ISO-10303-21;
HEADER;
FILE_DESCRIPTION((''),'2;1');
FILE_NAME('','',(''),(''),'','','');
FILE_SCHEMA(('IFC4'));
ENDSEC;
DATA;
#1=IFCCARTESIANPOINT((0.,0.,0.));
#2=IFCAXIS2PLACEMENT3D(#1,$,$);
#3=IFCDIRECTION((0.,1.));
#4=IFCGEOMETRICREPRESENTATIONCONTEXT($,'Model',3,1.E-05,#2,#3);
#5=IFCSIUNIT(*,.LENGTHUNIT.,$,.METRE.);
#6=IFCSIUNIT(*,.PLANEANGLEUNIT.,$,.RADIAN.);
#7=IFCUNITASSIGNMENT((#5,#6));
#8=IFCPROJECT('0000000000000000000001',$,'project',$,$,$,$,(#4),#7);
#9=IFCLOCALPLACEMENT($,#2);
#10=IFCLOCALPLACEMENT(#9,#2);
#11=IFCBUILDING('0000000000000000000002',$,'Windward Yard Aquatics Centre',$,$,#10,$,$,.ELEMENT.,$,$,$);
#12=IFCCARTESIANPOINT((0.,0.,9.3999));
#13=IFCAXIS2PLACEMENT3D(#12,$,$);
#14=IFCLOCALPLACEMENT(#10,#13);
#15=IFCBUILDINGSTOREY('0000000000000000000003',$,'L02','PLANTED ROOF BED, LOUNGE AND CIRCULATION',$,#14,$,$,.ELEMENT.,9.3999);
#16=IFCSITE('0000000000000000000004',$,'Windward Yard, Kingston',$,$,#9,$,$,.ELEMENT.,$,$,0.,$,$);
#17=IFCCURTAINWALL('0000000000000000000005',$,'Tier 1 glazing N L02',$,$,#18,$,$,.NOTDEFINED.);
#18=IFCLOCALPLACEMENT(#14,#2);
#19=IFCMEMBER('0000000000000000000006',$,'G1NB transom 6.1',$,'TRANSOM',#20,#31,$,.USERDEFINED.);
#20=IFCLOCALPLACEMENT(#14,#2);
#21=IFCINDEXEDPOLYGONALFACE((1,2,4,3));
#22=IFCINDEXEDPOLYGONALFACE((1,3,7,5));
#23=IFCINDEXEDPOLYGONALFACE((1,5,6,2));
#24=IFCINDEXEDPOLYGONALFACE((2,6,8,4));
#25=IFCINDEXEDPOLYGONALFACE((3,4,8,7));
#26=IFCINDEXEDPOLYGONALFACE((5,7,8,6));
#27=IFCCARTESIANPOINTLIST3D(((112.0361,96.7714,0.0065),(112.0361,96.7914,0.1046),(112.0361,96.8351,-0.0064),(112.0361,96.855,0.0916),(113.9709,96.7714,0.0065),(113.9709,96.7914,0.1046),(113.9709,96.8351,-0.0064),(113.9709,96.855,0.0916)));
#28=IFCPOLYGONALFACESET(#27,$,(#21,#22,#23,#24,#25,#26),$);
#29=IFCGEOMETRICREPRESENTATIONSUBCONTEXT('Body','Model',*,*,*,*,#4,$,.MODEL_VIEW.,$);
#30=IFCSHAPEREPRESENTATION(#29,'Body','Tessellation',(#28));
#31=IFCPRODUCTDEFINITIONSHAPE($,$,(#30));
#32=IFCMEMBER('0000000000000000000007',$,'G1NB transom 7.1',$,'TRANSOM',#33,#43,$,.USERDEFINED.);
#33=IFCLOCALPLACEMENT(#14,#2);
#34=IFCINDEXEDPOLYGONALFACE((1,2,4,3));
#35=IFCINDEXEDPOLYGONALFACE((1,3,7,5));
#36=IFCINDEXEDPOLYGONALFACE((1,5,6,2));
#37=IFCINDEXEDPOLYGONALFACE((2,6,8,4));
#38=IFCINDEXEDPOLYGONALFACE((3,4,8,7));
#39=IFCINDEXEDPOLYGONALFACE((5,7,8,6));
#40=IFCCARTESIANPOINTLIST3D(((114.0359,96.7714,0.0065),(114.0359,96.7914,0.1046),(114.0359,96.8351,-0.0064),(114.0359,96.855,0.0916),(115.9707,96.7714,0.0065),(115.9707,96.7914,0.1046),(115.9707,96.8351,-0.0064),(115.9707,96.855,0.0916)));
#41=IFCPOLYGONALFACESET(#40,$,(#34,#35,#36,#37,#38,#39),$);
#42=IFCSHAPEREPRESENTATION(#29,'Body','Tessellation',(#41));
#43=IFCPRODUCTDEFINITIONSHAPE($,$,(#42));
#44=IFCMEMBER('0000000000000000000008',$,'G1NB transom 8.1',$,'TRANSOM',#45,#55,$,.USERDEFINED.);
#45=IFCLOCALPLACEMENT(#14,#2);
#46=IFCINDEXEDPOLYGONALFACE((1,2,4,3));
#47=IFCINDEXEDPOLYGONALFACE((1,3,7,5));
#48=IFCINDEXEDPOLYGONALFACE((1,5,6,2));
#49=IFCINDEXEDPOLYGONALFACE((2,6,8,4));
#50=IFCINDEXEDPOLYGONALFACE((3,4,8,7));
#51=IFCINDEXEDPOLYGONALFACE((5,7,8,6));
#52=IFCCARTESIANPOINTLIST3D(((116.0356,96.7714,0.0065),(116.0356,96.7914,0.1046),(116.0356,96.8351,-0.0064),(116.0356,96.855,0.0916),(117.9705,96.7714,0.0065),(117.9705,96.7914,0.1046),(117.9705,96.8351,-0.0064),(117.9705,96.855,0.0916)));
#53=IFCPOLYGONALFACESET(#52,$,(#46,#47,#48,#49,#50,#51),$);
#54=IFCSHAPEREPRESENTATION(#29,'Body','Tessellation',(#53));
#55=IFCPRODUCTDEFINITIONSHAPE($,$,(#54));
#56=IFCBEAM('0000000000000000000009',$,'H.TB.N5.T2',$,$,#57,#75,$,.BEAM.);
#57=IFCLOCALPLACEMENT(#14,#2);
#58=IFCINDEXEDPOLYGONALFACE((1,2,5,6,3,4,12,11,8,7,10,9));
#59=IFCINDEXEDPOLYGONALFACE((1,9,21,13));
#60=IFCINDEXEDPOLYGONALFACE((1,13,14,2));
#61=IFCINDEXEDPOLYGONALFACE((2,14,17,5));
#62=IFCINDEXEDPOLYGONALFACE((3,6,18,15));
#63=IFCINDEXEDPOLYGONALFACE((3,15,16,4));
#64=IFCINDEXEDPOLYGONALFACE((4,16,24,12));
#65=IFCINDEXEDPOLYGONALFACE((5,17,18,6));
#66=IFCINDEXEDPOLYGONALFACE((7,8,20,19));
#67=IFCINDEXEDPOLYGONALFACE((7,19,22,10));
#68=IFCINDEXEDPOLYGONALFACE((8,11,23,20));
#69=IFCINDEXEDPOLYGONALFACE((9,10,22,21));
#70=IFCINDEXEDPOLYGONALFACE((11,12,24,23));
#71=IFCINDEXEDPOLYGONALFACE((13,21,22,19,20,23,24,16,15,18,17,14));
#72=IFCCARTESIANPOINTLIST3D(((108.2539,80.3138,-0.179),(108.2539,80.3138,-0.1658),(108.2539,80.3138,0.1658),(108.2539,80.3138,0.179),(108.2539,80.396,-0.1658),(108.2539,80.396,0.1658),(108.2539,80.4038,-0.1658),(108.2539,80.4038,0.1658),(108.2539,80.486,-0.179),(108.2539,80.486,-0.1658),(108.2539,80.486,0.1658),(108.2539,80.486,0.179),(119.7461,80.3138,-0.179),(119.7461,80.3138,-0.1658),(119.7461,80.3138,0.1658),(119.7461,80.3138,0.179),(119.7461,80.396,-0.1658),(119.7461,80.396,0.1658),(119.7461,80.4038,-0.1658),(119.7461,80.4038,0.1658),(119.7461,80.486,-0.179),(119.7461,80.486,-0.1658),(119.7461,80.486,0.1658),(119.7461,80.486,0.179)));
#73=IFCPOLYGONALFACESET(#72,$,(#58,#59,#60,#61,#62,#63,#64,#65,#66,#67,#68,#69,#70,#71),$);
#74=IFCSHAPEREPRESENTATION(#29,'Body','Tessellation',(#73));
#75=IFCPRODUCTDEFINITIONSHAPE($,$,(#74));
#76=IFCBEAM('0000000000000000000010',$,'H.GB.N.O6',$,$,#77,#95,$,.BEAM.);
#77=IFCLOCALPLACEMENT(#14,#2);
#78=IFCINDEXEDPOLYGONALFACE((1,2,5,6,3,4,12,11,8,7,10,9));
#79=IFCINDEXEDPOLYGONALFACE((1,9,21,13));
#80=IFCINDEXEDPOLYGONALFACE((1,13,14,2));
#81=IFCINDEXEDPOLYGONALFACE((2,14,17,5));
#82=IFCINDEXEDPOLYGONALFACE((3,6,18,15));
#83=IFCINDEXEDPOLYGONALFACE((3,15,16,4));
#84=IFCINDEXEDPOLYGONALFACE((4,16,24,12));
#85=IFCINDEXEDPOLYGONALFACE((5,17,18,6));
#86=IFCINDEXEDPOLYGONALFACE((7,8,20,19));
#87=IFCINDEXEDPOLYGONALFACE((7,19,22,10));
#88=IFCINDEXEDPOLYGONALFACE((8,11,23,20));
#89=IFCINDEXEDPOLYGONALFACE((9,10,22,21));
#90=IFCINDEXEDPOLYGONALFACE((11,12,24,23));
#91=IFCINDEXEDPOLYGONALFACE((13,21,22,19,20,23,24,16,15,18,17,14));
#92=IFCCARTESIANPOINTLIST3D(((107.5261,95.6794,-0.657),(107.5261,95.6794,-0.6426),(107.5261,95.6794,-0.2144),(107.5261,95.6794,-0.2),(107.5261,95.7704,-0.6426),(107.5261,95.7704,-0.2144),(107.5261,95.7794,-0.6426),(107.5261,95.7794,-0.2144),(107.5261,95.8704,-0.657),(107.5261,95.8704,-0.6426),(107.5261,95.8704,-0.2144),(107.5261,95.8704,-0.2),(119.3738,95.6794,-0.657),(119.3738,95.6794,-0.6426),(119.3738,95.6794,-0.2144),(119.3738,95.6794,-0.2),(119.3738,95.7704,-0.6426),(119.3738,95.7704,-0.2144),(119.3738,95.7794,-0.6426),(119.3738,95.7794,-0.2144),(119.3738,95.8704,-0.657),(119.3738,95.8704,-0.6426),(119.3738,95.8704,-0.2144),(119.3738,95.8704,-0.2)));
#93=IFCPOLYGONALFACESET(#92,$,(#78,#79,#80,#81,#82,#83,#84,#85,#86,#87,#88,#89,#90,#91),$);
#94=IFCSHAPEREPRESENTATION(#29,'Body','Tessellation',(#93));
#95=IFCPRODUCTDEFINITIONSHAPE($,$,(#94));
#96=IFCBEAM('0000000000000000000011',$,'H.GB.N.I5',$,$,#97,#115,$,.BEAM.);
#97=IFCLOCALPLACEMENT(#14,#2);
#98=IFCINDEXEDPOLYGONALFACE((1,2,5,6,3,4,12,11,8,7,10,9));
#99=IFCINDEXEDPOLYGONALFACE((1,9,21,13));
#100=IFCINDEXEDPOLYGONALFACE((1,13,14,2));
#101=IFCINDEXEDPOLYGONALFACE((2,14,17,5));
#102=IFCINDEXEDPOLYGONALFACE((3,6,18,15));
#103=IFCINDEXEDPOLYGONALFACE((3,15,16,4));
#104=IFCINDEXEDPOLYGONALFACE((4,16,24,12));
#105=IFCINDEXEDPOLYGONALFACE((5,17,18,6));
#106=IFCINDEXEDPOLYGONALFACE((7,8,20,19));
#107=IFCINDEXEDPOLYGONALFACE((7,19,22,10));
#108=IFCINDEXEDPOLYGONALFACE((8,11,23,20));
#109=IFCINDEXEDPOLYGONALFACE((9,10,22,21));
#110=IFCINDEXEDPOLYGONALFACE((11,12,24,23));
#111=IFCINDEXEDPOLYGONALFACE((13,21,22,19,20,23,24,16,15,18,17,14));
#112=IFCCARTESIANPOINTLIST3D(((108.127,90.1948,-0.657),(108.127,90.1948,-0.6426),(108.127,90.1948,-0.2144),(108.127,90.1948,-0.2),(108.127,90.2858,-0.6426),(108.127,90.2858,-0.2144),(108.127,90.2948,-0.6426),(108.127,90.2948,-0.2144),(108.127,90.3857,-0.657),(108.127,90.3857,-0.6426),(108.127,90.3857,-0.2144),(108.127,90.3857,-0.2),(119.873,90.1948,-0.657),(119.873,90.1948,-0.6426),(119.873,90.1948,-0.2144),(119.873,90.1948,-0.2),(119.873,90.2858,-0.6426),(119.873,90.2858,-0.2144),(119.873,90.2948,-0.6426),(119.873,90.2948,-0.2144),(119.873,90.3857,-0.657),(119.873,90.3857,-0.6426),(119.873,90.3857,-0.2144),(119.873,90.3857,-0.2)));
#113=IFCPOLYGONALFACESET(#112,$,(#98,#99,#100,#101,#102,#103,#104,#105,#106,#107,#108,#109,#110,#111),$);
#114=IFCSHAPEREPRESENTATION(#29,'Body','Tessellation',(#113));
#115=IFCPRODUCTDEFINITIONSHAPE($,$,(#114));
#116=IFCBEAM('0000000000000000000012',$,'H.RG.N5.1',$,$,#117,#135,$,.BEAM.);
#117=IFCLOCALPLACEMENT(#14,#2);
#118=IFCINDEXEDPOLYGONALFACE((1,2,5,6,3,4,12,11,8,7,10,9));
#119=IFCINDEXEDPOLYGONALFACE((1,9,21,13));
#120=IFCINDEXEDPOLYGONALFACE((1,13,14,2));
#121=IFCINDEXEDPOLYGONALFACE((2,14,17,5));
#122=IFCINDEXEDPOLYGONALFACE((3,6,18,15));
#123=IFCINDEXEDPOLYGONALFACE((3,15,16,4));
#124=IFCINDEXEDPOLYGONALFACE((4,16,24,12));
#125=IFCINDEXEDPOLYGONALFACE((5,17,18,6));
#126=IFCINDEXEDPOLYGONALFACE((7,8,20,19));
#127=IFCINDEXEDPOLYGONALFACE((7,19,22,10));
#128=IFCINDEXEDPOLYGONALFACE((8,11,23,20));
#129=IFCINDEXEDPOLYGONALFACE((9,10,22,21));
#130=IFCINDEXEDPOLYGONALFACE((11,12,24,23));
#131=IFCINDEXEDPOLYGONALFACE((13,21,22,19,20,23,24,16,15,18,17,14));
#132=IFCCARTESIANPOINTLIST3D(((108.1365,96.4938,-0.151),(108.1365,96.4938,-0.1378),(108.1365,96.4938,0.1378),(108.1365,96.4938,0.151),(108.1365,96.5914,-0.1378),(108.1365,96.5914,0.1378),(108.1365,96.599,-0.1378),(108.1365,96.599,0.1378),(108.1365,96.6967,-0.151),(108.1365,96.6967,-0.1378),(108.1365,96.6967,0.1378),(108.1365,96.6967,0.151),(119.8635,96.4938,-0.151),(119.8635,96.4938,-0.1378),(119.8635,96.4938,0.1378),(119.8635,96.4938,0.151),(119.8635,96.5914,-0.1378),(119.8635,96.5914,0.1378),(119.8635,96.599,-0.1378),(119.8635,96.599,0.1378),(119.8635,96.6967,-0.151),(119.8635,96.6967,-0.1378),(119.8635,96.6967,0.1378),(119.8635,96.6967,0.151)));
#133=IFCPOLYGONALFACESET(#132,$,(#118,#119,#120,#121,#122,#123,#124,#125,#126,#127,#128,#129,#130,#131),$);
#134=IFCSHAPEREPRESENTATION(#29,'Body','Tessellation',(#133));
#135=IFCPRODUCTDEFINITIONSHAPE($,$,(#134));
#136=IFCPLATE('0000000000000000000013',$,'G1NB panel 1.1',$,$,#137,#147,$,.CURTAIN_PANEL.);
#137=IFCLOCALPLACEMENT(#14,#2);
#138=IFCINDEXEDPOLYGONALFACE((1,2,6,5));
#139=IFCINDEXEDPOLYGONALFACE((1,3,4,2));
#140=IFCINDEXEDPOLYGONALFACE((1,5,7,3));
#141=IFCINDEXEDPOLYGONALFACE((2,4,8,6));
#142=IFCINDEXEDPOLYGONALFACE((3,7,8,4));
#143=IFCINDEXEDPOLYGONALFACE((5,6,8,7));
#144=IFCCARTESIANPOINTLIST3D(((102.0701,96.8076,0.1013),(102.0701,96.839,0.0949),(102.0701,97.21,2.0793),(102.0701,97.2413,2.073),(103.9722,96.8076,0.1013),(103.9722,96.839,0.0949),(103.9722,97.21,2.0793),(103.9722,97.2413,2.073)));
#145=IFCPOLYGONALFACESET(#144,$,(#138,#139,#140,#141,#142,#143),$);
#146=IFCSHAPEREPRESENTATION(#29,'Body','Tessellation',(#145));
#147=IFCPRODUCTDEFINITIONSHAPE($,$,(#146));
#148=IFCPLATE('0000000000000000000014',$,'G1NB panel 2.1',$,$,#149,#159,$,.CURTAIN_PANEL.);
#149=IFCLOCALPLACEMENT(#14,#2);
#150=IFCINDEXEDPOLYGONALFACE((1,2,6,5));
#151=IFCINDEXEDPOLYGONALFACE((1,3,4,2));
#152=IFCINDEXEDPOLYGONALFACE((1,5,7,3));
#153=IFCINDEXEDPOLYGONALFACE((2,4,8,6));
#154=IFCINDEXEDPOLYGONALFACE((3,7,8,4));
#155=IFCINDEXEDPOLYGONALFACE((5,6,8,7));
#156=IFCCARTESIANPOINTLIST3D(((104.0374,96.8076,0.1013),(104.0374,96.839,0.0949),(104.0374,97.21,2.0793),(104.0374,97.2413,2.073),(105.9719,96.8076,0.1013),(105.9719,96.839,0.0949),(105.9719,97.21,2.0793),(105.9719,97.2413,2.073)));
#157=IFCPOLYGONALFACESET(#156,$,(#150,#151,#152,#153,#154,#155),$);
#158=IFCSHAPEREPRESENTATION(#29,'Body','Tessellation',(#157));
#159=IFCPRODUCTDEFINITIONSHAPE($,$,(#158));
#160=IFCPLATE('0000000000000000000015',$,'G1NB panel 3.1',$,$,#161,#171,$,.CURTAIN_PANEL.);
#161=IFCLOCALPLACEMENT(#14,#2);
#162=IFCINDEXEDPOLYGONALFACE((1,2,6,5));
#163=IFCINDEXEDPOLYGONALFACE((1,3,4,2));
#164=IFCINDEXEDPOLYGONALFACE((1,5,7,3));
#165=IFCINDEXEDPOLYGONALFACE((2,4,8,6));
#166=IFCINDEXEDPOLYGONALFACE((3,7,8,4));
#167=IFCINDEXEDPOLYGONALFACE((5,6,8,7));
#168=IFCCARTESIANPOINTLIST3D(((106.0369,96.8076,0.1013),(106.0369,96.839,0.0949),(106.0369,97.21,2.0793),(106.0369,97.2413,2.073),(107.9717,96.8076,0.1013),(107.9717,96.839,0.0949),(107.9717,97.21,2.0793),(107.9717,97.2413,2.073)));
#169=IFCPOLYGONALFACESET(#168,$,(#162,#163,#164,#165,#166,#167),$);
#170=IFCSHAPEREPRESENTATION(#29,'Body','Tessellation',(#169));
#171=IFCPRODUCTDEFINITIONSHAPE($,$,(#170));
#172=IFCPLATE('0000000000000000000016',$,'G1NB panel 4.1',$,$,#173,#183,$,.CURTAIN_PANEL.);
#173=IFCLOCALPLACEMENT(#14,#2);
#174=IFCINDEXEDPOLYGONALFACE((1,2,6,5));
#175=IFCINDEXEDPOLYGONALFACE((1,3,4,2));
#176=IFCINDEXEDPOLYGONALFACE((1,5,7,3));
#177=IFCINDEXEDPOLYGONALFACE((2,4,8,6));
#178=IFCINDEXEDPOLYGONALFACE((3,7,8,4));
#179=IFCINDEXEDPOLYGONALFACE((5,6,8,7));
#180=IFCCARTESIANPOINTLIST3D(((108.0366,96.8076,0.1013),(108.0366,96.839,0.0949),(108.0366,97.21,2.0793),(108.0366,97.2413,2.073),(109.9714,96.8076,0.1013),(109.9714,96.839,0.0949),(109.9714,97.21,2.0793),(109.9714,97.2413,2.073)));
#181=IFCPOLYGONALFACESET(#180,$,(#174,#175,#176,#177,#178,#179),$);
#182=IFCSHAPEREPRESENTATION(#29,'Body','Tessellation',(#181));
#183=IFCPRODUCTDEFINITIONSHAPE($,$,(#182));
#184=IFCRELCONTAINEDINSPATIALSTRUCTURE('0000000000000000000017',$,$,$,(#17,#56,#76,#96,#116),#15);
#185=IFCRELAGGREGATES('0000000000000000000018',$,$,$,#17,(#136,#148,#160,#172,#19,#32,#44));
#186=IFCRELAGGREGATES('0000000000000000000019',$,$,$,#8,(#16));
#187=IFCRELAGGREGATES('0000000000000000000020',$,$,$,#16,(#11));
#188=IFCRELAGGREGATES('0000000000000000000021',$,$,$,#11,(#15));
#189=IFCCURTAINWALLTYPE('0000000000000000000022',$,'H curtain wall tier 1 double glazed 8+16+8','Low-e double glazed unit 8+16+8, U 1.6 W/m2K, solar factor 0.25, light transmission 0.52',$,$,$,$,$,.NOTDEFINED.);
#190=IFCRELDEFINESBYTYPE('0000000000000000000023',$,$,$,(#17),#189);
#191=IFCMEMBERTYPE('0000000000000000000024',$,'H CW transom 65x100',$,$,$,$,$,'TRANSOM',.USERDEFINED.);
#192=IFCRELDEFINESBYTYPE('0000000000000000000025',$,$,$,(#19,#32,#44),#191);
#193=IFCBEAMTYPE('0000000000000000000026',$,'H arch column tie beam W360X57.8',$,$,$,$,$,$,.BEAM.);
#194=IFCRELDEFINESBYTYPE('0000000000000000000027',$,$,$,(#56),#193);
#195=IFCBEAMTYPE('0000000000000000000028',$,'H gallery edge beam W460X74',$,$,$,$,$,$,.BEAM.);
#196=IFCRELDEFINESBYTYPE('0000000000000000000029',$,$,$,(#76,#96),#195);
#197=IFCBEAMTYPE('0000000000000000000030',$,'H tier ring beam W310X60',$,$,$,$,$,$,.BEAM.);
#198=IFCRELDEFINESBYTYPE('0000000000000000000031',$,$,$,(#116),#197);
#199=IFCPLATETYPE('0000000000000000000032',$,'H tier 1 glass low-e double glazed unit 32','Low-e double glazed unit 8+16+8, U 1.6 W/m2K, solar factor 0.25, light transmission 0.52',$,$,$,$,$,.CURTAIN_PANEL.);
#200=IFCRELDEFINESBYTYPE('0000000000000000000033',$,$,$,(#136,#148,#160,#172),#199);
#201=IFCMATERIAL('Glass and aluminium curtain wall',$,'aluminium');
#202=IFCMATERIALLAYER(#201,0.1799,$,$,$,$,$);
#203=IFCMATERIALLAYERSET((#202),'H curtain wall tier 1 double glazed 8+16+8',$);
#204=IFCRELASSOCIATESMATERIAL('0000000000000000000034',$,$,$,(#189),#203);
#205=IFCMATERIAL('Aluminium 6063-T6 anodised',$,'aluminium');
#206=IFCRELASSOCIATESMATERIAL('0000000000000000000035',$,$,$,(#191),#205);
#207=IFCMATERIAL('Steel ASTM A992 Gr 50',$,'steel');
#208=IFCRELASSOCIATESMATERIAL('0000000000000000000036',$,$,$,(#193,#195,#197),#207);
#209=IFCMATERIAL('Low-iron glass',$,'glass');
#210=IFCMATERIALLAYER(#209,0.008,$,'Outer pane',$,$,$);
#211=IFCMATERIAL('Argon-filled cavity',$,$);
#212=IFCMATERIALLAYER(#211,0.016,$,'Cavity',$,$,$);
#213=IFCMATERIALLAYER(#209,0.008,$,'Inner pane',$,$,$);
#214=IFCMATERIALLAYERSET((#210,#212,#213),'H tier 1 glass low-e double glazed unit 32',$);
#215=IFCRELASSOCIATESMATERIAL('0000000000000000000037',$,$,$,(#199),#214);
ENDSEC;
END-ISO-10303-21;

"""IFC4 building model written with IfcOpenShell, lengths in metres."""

from ifc_helpers import new_model, si_unit, direction, frame, origin, origin_2d, place, context, subcontext, project, spatial, polyline, rectangle, i_section, outline, extrude, material, layer, layer_set, material_profile, profile_set, type_object, element, aggregate, save


model = new_model("IFC4")

# Units and contexts
model_context = context("Model", 3, precision=1e-05, world=origin(), true_north=direction((0.0, 1.0)))
body_context = subcontext(model_context, "Body", "Model", "MODEL_VIEW")
ifc_project = project(units=[si_unit("LENGTHUNIT", "METRE"), si_unit("PLANEANGLEUNIT", "RADIAN")], contexts=[model_context])

# Site, building, storey
site_placement = place(None, origin())
site = spatial("IfcSite", under=ifc_project, at=site_placement, Name="Windward Yard, Kingston", CompositionType="ELEMENT", RefElevation=0.0)
building_placement = place(site_placement, origin())
building = spatial("IfcBuilding", under=site, at=building_placement, Name="Windward Yard Aquatics Centre", CompositionType="ELEMENT")
storey_placement = place(building_placement, frame((0.0, 0.0, 9.3999)))
storey = spatial("IfcBuildingStorey", under=building, at=storey_placement, Name="L02", Description="PLANTED ROOF BED, LOUNGE AND CIRCULATION", CompositionType="ELEMENT", Elevation=9.3999)

# Shared definitions
ifc_material_1 = material(Name="Glass and aluminium curtain wall", Category="aluminium")
ifc_layer_1 = layer(ifc_material_1, 0.1799)
ifc_layer_set_1 = layer_set([ifc_layer_1], Name="H curtain wall tier 1 double glazed 8+16+8")
curtain_wall_type = type_object("IfcCurtainWallType", Name="H curtain wall tier 1 double glazed 8+16+8", Description="Low-e double glazed unit 8+16+8, U 1.6 W/m2K, solar factor 0.25, light transmission 0.52", PredefinedType="NOTDEFINED", material=ifc_layer_set_1)
ifc_material_2 = material(Name="Aluminium 6063-T6 anodised", Category="aluminium")

# Curtain wall, members
curtain_wall_1_placement = place(storey_placement, origin())
curtain_wall_1 = element("IfcCurtainWall", 1, at=curtain_wall_1_placement, inside=storey, type_object=curtain_wall_type, Name="Tier 1 glazing N L02", PredefinedType="NOTDEFINED")
ifc_material_profile_1 = material_profile(ifc_material_2, rectangle(XDim=0.0649, YDim=0.1001, at=origin_2d()), Name="H CW transom 65x100")
ifc_profile_set_1 = profile_set([ifc_material_profile_1], Name="Aluminium 6063-T6 anodised")
member_type_1 = type_object("IfcMemberType", Name="H CW transom 65x100", ElementType="TRANSOM", PredefinedType="USERDEFINED", material=ifc_profile_set_1)
member_1_placement = place(storey_placement, frame((112.0361, 96.8132, 0.0491), z_axis=(1.0, 0.0, 0.0), x_axis=(0.0, -0.979925, 0.199368)))
member_1 = element("IfcMember", 2, at=member_1_placement, type_object=member_type_1, Name="G1NB transom 6.1", ObjectType="TRANSOM", PredefinedType="USERDEFINED", context=body_context, shape_type="SweptSolid", body=[
    extrude(rectangle(XDim=0.0649, YDim=0.1001, at=origin_2d()), origin(), (0.0, 0.0, 1.0), 1.9348),
])
member_2_placement = place(storey_placement, frame((114.0359, 96.8132, 0.0491), z_axis=(1.0, 0.0, 0.0), x_axis=(0.0, -0.979925, 0.199368)))
member_2 = element("IfcMember", 3, at=member_2_placement, type_object=member_type_1, Name="G1NB transom 7.1", ObjectType="TRANSOM", PredefinedType="USERDEFINED", context=body_context, shape_type="SweptSolid", body=[
    extrude(rectangle(XDim=0.0649, YDim=0.1001, at=origin_2d()), origin(), (0.0, 0.0, 1.0), 1.9348),
])
member_3_placement = place(storey_placement, frame((116.0356, 96.8132, 0.0491), z_axis=(1.0, 0.0, 0.0), x_axis=(0.0, -0.979925, 0.199368)))
member_3 = element("IfcMember", 4, at=member_3_placement, type_object=member_type_1, Name="G1NB transom 8.1", ObjectType="TRANSOM", PredefinedType="USERDEFINED", context=body_context, shape_type="SweptSolid", body=[
    extrude(rectangle(XDim=0.0649, YDim=0.1001, at=origin_2d()), origin(), (0.0, 0.0, 1.0), 1.9348),
])

# Beams
ifc_material_3 = material(Name="Steel ASTM A992 Gr 50", Category="steel")
ifc_material_profile_2 = material_profile(ifc_material_3, i_section(OverallWidth=0.1721, OverallDepth=0.3579, WebThickness=0.0078, FlangeThickness=0.0132, at=origin_2d()), Name="W360X57.8")
ifc_profile_set_2 = profile_set([ifc_material_profile_2], Name="Steel ASTM A992 Gr 50")
beam_type_1 = type_object("IfcBeamType", Name="H arch column tie beam W360X57.8", PredefinedType="BEAM", material=ifc_profile_set_2)
beam_1_placement = place(storey_placement, frame((108.2539, 80.3999, 0.0), z_axis=(1.0, 0.0, 0.0), x_axis=(0.0, 1.0, 0.0)))
element("IfcBeam", 5, at=beam_1_placement, inside=storey, type_object=beam_type_1, Name="H.TB.N5.T2", PredefinedType="BEAM", context=body_context, shape_type="SweptSolid", body=[
    extrude(i_section(OverallWidth=0.1721, OverallDepth=0.3579, WebThickness=0.0078, FlangeThickness=0.0132, at=origin_2d()), origin(), (0.0, 0.0, 1.0), 11.4922),
])
ifc_material_profile_3 = material_profile(ifc_material_3, i_section(OverallWidth=0.1909, OverallDepth=0.457, WebThickness=0.009, FlangeThickness=0.0144, at=origin_2d()), Name="W460X74")
ifc_profile_set_3 = profile_set([ifc_material_profile_3], Name="Steel ASTM A992 Gr 50")
beam_type_2 = type_object("IfcBeamType", Name="H gallery edge beam W460X74", PredefinedType="BEAM", material=ifc_profile_set_3)
beam_2_placement = place(storey_placement, frame((107.5261, 95.7749, -0.4285), z_axis=(1.0, 0.0, 0.0), x_axis=(0.0, 1.0, 0.0)))
element("IfcBeam", 6, at=beam_2_placement, inside=storey, type_object=beam_type_2, Name="H.GB.N.O6", PredefinedType="BEAM", context=body_context, shape_type="SweptSolid", body=[
    extrude(i_section(OverallWidth=0.1909, OverallDepth=0.457, WebThickness=0.009, FlangeThickness=0.0144, at=origin_2d()), origin(), (0.0, 0.0, 1.0), 11.8477),
])
beam_3_placement = place(storey_placement, frame((108.127, 90.2903, -0.4285), z_axis=(1.0, 0.0, 0.0), x_axis=(0.0, 1.0, 0.0)))
element("IfcBeam", 7, at=beam_3_placement, inside=storey, type_object=beam_type_2, Name="H.GB.N.I5", PredefinedType="BEAM", context=body_context, shape_type="SweptSolid", body=[
    extrude(i_section(OverallWidth=0.1909, OverallDepth=0.457, WebThickness=0.009, FlangeThickness=0.0144, at=origin_2d()), origin(), (0.0, 0.0, 1.0), 11.7461),
])
ifc_material_profile_4 = material_profile(ifc_material_3, i_section(OverallWidth=0.2029, OverallDepth=0.302, WebThickness=0.0076, FlangeThickness=0.0132, at=origin_2d()), Name="W310X60")
ifc_profile_set_4 = profile_set([ifc_material_profile_4], Name="Steel ASTM A992 Gr 50")
beam_type_3 = type_object("IfcBeamType", Name="H tier ring beam W310X60", PredefinedType="BEAM", material=ifc_profile_set_4)
beam_4_placement = place(storey_placement, frame((108.1365, 96.5952, 0.0), z_axis=(1.0, 0.0, 0.0), x_axis=(0.0, 1.0, 0.0)))
element("IfcBeam", 8, at=beam_4_placement, inside=storey, type_object=beam_type_3, Name="H.RG.N5.1", PredefinedType="BEAM", context=body_context, shape_type="SweptSolid", body=[
    extrude(i_section(OverallWidth=0.2029, OverallDepth=0.302, WebThickness=0.0076, FlangeThickness=0.0132, at=origin_2d()), origin(), (0.0, 0.0, 1.0), 11.7271),
])

# Plates
ifc_material_4 = material(Name="Low-iron glass", Category="glass")
ifc_layer_2 = layer(ifc_material_4, 0.008, Name="Outer pane")
ifc_material_5 = material(Name="Argon-filled cavity")
ifc_layer_3 = layer(ifc_material_5, 0.016, Name="Cavity")
ifc_layer_4 = layer(ifc_material_4, 0.008, Name="Inner pane")
ifc_layer_set_2 = layer_set([ifc_layer_2, ifc_layer_3, ifc_layer_4], Name="H tier 1 glass low-e double glazed unit 32")
plate_type = type_object("IfcPlateType", Name="H tier 1 glass low-e double glazed unit 32", Description="Low-e double glazed unit 8+16+8, U 1.6 W/m2K, solar factor 0.25, light transmission 0.52", PredefinedType="CURTAIN_PANEL", material=ifc_layer_set_2)
plate_1_placement = place(storey_placement, frame((102.0701, 96.8076, 0.1013), z_axis=(0.0, -0.979933, 0.199325), x_axis=(1.0, 0.0, 0.0)))
plate_1 = element("IfcPlate", 9, at=plate_1_placement, type_object=plate_type, Name="G1NB panel 1.1", PredefinedType="CURTAIN_PANEL", context=body_context, shape_type="SweptSolid", body=[
    extrude(outline(polyline([(0.0, 0.0), (1.9021, 0.0), (1.9021, 2.0185), (0.0, 2.0185), (0.0, 0.0)])), origin(), (0.0, 0.0, -1.0), 0.032),
])
plate_2_placement = place(storey_placement, frame((104.0374, 96.8076, 0.1013), z_axis=(0.0, -0.979933, 0.199325), x_axis=(1.0, 0.0, 0.0)))
plate_2 = element("IfcPlate", 10, at=plate_2_placement, type_object=plate_type, Name="G1NB panel 2.1", PredefinedType="CURTAIN_PANEL", context=body_context, shape_type="SweptSolid", body=[
    extrude(outline(polyline([(0.0, 0.0), (1.9346, 0.0), (1.9346, 2.0185), (0.0, 2.0185), (0.0, 0.0)])), origin(), (0.0, 0.0, -1.0), 0.032),
])
plate_3_placement = place(storey_placement, frame((106.0369, 96.8076, 0.1013), z_axis=(0.0, -0.979933, 0.199325), x_axis=(1.0, 0.0, 0.0)))
plate_3 = element("IfcPlate", 11, at=plate_3_placement, type_object=plate_type, Name="G1NB panel 3.1", PredefinedType="CURTAIN_PANEL", context=body_context, shape_type="SweptSolid", body=[
    extrude(outline(polyline([(0.0, 0.0), (1.9348, 0.0), (1.9348, 2.0185), (0.0, 2.0185), (0.0, 0.0)])), origin(), (0.0, 0.0, -1.0), 0.032),
])
plate_4_placement = place(storey_placement, frame((108.0366, 96.8076, 0.1013), z_axis=(0.0, -0.979933, 0.199325), x_axis=(1.0, 0.0, 0.0)))
plate_4 = element("IfcPlate", 12, at=plate_4_placement, type_object=plate_type, Name="G1NB panel 4.1", PredefinedType="CURTAIN_PANEL", context=body_context, shape_type="SweptSolid", body=[
    extrude(outline(polyline([(0.0, 0.0), (1.9348, 0.0), (1.9348, 2.0185), (0.0, 2.0185), (0.0, 0.0)])), origin(), (0.0, 0.0, -1.0), 0.032),
])
aggregate(curtain_wall_1, [plate_1, plate_2, plate_3, plate_4, member_1, member_2, member_3])

save(model, "model.ifc")
